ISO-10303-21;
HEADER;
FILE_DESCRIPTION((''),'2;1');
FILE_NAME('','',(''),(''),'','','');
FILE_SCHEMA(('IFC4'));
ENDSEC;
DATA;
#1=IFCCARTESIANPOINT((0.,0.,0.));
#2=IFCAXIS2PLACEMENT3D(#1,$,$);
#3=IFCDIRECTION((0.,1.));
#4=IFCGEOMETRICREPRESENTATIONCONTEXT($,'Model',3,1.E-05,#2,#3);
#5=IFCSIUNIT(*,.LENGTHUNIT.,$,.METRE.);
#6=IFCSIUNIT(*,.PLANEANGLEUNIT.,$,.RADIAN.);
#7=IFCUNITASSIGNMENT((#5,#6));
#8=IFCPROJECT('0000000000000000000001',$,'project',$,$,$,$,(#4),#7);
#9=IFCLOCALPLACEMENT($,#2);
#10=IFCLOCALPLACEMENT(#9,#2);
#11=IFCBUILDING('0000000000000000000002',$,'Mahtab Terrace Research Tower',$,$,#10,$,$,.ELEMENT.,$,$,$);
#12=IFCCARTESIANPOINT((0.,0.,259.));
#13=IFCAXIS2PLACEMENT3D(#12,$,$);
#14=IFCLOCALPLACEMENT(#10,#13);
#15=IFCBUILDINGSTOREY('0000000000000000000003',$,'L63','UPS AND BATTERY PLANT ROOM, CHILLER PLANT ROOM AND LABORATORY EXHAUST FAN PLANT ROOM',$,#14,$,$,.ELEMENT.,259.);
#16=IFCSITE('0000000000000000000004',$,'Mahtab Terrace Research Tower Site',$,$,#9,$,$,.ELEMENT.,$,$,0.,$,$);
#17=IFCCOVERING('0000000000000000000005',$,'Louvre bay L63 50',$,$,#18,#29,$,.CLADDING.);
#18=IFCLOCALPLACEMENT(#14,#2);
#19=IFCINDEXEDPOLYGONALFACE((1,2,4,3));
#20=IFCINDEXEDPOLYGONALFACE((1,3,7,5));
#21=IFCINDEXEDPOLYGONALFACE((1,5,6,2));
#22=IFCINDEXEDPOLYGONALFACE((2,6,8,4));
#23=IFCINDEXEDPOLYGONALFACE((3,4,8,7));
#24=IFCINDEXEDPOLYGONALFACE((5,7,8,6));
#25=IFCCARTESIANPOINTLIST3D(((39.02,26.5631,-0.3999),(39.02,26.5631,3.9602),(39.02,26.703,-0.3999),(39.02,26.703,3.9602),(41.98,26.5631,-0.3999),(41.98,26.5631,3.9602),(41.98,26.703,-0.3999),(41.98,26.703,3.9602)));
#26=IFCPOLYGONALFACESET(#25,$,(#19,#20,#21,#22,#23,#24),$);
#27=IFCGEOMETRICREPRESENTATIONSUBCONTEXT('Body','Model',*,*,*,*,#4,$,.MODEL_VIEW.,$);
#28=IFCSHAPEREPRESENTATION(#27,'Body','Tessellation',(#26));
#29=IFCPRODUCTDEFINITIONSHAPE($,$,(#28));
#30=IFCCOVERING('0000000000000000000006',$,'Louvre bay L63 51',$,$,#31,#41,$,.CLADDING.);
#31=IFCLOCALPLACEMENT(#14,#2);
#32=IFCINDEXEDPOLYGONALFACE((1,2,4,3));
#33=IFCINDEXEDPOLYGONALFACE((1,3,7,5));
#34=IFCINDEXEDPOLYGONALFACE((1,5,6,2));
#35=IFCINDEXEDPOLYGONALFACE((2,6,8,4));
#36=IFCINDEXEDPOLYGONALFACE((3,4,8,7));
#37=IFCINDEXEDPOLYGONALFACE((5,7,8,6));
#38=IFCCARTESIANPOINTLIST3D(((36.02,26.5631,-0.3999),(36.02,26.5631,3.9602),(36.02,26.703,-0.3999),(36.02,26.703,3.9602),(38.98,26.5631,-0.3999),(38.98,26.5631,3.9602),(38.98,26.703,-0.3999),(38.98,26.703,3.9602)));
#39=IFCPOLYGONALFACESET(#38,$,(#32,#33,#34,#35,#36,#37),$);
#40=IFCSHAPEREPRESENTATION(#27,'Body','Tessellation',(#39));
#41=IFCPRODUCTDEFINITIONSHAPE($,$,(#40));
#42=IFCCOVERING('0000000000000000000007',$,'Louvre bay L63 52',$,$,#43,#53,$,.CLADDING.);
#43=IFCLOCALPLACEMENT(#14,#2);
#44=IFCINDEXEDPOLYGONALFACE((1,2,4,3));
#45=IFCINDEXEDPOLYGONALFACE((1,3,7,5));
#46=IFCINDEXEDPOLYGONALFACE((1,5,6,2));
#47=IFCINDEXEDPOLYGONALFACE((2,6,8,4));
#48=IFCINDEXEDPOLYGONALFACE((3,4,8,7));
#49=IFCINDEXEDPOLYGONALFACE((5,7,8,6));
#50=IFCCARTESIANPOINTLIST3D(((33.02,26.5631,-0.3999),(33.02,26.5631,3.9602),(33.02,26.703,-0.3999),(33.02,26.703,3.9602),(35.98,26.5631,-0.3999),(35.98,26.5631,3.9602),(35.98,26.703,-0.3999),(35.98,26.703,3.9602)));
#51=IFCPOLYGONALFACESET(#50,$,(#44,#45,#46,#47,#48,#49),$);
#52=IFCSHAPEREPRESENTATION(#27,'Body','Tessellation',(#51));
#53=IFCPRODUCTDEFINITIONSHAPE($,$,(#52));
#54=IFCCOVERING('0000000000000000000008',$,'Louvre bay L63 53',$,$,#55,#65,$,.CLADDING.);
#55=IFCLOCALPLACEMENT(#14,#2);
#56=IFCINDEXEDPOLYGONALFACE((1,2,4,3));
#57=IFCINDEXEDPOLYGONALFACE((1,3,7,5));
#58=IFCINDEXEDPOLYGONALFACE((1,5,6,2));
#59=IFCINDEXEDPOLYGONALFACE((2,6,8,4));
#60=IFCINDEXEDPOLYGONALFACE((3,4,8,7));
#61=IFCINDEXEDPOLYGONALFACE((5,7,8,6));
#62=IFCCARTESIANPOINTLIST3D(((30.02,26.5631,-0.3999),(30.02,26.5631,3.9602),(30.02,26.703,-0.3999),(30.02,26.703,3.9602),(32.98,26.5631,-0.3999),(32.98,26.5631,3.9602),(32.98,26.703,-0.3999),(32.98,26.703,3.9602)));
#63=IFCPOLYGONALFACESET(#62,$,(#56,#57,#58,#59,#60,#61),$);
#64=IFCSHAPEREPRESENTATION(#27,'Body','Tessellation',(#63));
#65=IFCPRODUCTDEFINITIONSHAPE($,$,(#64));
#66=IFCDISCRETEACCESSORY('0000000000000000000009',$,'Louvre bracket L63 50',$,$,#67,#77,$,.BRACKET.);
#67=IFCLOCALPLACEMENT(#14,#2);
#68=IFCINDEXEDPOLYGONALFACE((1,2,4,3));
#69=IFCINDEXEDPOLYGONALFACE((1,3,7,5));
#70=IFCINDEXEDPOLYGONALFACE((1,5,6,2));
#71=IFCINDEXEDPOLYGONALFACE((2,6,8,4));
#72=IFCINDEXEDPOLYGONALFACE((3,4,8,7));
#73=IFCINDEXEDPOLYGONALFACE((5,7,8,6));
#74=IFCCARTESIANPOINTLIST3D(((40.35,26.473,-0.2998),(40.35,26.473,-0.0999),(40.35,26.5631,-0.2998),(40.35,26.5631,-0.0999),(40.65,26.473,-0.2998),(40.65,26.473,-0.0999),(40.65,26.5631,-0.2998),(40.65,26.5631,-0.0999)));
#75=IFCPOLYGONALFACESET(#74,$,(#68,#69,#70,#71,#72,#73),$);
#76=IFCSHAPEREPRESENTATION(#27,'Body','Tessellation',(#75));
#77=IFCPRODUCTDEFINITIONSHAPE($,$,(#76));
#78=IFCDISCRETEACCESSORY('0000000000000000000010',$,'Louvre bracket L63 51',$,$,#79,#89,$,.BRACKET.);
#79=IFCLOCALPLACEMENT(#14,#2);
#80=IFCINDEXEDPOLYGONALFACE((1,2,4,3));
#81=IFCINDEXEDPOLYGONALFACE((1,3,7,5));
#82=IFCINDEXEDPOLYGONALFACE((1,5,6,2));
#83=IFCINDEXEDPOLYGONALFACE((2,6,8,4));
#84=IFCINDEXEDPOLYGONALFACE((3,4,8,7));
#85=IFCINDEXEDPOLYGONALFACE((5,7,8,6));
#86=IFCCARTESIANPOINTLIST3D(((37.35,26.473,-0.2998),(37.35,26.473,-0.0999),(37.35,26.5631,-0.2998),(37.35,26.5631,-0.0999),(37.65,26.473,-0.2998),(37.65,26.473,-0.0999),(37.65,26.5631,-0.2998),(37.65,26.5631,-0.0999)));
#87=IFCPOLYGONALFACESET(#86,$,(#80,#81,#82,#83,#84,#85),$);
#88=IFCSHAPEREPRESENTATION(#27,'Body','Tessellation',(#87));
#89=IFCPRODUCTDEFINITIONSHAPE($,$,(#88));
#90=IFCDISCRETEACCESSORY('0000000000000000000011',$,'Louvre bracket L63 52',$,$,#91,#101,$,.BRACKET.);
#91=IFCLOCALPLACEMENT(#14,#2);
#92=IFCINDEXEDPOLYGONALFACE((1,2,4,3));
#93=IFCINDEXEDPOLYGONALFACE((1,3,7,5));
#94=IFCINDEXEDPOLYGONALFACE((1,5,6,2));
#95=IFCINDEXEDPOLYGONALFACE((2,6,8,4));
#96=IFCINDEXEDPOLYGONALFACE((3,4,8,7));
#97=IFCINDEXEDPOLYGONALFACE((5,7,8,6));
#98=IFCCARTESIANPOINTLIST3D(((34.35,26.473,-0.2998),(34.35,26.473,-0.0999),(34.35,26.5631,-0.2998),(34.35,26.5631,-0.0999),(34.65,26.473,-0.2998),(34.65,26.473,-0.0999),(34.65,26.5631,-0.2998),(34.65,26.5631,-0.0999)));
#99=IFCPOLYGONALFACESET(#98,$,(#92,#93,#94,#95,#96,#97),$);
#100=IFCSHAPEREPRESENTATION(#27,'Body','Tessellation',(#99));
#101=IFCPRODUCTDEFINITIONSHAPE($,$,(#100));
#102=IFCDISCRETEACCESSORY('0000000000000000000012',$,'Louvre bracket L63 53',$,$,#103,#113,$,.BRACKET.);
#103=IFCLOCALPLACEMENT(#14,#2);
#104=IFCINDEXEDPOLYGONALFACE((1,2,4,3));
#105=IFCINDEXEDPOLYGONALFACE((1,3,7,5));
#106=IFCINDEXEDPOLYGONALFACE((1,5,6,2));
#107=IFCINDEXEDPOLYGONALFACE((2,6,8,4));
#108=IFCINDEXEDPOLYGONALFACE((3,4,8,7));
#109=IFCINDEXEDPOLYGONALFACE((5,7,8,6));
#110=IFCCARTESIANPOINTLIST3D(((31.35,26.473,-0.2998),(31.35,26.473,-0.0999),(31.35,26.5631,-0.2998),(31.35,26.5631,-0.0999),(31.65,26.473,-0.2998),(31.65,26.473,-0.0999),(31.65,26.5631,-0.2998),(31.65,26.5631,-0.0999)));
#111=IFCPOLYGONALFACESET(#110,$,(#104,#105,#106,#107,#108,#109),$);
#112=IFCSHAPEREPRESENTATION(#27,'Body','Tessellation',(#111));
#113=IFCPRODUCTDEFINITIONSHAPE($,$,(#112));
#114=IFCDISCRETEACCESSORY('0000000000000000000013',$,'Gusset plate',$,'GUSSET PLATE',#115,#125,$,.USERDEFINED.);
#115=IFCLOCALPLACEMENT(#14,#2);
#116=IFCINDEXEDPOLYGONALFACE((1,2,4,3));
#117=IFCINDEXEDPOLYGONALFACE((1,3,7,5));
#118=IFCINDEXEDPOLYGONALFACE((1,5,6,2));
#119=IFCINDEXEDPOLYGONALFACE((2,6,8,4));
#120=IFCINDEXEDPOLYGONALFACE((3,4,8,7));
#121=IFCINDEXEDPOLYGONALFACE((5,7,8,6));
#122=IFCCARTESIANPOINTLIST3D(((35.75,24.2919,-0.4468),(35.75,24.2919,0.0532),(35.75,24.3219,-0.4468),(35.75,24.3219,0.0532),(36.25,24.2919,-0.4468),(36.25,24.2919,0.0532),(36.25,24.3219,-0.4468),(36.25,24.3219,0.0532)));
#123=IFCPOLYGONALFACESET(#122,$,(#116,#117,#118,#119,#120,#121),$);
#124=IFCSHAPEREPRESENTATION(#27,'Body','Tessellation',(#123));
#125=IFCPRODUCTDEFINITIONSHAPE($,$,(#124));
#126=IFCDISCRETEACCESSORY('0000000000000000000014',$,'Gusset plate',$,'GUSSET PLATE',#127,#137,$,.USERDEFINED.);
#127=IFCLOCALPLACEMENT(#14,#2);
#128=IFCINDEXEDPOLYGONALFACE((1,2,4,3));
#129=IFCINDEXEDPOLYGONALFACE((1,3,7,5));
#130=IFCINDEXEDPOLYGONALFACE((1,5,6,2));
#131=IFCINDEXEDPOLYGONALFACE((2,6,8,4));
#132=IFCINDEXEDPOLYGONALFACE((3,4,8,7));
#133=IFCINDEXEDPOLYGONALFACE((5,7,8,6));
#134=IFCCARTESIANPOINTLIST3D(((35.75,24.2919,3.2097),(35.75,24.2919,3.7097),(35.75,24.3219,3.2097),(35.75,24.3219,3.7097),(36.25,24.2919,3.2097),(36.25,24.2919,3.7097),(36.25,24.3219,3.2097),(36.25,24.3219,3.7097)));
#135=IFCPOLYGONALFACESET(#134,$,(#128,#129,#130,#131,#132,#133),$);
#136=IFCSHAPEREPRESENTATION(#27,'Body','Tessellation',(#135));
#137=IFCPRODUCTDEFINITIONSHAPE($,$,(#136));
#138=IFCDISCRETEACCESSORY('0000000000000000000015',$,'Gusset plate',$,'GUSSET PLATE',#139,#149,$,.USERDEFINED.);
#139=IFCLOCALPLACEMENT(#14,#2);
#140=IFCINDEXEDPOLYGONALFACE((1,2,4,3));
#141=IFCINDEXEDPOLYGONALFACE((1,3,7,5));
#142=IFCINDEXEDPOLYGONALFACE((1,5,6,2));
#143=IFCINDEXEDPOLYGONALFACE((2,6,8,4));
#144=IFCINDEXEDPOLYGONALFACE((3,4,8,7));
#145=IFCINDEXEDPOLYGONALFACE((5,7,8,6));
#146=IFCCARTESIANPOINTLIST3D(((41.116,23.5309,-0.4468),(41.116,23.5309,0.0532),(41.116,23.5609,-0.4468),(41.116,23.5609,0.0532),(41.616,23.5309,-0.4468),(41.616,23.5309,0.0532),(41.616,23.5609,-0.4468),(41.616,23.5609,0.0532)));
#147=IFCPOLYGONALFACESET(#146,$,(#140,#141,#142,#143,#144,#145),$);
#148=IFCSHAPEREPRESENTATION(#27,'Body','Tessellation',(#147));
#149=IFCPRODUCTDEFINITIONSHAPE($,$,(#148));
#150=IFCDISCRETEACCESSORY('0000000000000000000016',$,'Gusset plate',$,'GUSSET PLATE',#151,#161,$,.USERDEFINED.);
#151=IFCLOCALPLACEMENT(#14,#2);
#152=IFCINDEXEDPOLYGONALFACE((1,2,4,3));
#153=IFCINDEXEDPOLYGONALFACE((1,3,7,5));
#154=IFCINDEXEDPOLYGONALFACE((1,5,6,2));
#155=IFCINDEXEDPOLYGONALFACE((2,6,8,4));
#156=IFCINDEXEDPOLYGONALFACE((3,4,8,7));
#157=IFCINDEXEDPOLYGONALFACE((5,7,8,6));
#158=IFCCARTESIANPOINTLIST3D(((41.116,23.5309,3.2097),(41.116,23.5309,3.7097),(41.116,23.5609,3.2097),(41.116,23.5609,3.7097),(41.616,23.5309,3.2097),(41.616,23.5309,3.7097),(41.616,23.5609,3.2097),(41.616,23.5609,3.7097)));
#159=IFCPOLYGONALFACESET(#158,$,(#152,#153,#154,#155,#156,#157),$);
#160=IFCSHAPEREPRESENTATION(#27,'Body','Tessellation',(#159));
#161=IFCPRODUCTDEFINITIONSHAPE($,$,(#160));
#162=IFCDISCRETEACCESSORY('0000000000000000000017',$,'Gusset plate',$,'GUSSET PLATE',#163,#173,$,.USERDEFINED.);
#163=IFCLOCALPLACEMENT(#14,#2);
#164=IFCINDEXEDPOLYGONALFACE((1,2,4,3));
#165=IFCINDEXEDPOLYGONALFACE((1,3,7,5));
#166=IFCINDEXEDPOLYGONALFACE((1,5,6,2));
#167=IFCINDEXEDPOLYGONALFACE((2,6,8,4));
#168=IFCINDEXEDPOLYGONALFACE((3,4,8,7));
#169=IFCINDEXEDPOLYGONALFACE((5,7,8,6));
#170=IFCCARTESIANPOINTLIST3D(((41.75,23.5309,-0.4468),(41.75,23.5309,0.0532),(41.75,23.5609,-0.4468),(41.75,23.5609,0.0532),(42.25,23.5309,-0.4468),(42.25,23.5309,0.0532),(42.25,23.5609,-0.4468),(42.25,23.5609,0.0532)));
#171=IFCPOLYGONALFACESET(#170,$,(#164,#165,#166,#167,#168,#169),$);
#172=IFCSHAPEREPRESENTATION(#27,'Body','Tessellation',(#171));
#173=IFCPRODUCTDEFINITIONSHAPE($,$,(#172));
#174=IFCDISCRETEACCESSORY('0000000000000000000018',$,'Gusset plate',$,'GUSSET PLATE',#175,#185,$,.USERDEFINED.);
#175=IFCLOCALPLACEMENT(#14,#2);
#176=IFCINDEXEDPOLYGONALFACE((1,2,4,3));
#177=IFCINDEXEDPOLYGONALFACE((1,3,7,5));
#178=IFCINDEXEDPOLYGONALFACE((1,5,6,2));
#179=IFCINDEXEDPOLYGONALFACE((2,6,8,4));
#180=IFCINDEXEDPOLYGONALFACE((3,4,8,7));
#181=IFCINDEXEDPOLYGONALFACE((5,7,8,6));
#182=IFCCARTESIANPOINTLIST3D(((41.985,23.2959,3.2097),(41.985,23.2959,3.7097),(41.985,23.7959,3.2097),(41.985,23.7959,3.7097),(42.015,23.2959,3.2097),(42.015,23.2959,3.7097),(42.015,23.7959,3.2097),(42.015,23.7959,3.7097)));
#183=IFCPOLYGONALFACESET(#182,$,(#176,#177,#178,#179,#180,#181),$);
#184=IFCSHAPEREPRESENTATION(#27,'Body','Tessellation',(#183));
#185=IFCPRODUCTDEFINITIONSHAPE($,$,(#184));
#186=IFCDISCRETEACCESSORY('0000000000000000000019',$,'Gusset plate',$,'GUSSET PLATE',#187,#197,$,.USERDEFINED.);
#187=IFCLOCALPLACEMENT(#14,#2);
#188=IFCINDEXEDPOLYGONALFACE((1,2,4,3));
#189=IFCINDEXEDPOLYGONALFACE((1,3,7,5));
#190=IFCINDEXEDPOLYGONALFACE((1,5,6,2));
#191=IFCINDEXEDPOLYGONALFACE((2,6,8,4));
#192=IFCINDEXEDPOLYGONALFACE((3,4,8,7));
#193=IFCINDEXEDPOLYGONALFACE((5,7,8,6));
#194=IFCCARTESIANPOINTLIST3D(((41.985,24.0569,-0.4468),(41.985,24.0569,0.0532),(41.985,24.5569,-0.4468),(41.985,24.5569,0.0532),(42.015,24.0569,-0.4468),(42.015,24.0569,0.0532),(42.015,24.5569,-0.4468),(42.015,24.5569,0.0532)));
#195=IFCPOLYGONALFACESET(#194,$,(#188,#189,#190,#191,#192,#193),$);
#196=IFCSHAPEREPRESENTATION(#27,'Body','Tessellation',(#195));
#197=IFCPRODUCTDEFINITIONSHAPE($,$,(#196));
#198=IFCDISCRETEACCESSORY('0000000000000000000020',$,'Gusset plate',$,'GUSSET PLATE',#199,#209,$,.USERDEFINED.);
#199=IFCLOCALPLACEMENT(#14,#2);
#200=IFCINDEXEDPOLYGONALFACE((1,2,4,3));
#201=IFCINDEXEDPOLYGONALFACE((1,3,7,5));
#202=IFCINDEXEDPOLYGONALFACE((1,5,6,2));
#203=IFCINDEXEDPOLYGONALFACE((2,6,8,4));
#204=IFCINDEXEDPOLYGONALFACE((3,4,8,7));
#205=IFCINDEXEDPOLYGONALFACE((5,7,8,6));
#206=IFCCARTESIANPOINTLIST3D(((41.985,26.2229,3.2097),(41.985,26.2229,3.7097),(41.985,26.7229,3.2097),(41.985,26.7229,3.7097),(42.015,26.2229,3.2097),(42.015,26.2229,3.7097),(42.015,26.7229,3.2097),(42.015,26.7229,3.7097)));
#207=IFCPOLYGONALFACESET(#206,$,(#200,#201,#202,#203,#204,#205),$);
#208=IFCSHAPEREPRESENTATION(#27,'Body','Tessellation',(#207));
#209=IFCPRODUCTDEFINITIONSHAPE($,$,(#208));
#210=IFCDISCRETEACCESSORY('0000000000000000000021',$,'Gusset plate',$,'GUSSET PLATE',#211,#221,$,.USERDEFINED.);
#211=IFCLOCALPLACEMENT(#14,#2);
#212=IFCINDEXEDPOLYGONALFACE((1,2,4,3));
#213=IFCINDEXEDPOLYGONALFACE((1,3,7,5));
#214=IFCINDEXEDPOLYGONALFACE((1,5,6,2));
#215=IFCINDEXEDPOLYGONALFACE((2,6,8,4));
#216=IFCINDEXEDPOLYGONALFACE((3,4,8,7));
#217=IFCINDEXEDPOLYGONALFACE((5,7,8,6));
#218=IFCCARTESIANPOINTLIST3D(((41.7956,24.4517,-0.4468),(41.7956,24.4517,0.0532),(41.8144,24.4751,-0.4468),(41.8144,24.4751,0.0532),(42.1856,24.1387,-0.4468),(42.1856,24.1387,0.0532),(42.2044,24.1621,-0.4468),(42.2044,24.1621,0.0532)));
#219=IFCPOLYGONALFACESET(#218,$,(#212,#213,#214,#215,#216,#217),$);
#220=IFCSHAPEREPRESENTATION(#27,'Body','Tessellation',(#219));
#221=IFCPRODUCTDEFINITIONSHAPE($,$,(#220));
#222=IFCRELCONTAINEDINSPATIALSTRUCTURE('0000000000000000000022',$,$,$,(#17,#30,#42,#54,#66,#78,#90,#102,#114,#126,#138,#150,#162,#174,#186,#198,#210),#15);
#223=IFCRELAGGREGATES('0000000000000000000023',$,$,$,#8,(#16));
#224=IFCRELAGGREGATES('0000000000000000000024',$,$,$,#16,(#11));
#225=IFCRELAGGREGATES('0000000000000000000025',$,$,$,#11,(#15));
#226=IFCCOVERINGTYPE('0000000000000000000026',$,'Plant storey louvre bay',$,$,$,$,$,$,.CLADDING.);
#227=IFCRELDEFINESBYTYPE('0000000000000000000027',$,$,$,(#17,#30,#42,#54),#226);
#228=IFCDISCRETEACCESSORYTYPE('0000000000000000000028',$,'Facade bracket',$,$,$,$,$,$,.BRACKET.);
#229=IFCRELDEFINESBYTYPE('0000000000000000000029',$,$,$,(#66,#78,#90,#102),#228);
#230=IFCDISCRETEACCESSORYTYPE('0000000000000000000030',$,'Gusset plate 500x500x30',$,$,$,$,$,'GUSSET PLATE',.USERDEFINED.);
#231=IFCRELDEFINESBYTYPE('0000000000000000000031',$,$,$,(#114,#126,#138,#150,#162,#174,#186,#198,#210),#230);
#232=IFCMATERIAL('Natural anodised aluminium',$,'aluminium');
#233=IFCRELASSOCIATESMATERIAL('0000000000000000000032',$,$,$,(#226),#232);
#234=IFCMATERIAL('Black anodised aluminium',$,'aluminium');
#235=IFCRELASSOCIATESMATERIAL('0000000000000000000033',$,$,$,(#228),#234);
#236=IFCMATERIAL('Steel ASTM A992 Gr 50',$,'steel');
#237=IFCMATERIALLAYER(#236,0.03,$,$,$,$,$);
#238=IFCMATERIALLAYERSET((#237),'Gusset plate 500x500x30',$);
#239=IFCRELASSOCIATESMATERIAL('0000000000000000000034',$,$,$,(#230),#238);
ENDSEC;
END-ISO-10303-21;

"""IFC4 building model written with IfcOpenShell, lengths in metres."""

from ifc_helpers import new_model, si_unit, direction, frame, origin, origin_2d, place, context, subcontext, project, spatial, rectangle, extrude, material, layer, layer_set, type_object, element, save


model = new_model("IFC4")

# Units and contexts
model_context = context("Model", 3, precision=1e-05, world=origin(), true_north=direction((0.0, 1.0)))
body_context = subcontext(model_context, "Body", "Model", "MODEL_VIEW")
ifc_project = project(units=[si_unit("LENGTHUNIT", "METRE"), si_unit("PLANEANGLEUNIT", "RADIAN")], contexts=[model_context])

# Site, building, storey
site_placement = place(None, origin())
site = spatial("IfcSite", under=ifc_project, at=site_placement, Name="Mahtab Terrace Research Tower Site", CompositionType="ELEMENT", RefElevation=0.0)
building_placement = place(site_placement, origin())
building = spatial("IfcBuilding", under=site, at=building_placement, Name="Mahtab Terrace Research Tower", CompositionType="ELEMENT")
storey_placement = place(building_placement, frame((0.0, 0.0, 259.0)))
storey = spatial("IfcBuildingStorey", under=building, at=storey_placement, Name="L63", Description="UPS AND BATTERY PLANT ROOM, CHILLER PLANT ROOM AND LABORATORY EXHAUST FAN PLANT ROOM", CompositionType="ELEMENT", Elevation=259.0)

# Shared definitions
ifc_material_1 = material(Name="Steel ASTM A992 Gr 50", Category="steel")

# Coverings
ifc_material_2 = material(Name="Natural anodised aluminium", Category="aluminium")
covering_type = type_object("IfcCoveringType", Name="Plant storey louvre bay", PredefinedType="CLADDING", material=ifc_material_2)
for number, where, z_axis, x_axis, name in (
    (1, (40.5, 26.6331, -0.3999), (0.0, 0.0, 1.0), (-1.0, 0.0, 0.0), "Louvre bay L63 50"),
    (2, (37.5, 26.6331, -0.3999), (0.0, 0.0, 1.0), (-1.0, 0.0, 0.0), "Louvre bay L63 51"),
    (3, (34.5, 26.6331, -0.3999), (0.0, 0.0, 1.0), (-1.0, 0.0, 0.0), "Louvre bay L63 52"),
    (4, (31.5, 26.6331, -0.3999), (0.0, 0.0, 1.0), (-1.0, 0.0, 0.0), "Louvre bay L63 53"),
):
    element("IfcCovering", number, at=place(storey_placement, frame(where, z_axis=z_axis, x_axis=x_axis)), inside=storey, type_object=covering_type, Name=name, PredefinedType="CLADDING", context=body_context, shape_type="SweptSolid", body=[
        extrude(rectangle(XDim=2.96, YDim=0.1399, at=origin_2d()), origin(), (0.0, 0.0, 1.0), 4.3601),
    ])

# Discrete accessories
ifc_material_3 = material(Name="Black anodised aluminium", Category="aluminium")
discrete_accessory_type_1 = type_object("IfcDiscreteAccessoryType", Name="Facade bracket", PredefinedType="BRACKET", material=ifc_material_3)
for number, where, z_axis, x_axis, name in (
    (5, (40.5, 26.5181, -0.2998), (0.0, 0.0, 1.0), (-1.0, 0.0, 0.0), "Louvre bracket L63 50"),
    (6, (37.5, 26.5181, -0.2998), (0.0, 0.0, 1.0), (-1.0, 0.0, 0.0), "Louvre bracket L63 51"),
    (7, (34.5, 26.5181, -0.2998), (0.0, 0.0, 1.0), (-1.0, 0.0, 0.0), "Louvre bracket L63 52"),
    (8, (31.5, 26.5181, -0.2998), (0.0, 0.0, 1.0), (-1.0, 0.0, 0.0), "Louvre bracket L63 53"),
):
    element("IfcDiscreteAccessory", number, at=place(storey_placement, frame(where, z_axis=z_axis, x_axis=x_axis)), inside=storey, type_object=discrete_accessory_type_1, Name=name, PredefinedType="BRACKET", context=body_context, shape_type="SweptSolid", body=[
        extrude(rectangle(XDim=0.3, YDim=0.0901, at=origin_2d()), origin(), (0.0, 0.0, 1.0), 0.2),
    ])
ifc_layer = layer(ifc_material_1, 0.03)
ifc_layer_set = layer_set([ifc_layer], Name="Gusset plate 500x500x30")
discrete_accessory_type_2 = type_object("IfcDiscreteAccessoryType", Name="Gusset plate 500x500x30", ElementType="GUSSET PLATE", PredefinedType="USERDEFINED", material=ifc_layer_set)
for number, where, z_axis, x_axis, name in (
    (9, (36.0, 24.3069, -0.4468), (0.0, 0.0, 1.0), (1.0, 0.0, 0.0), "Gusset plate"),
    (10, (36.0, 24.3069, 3.2097), (0.0, 0.0, 1.0), (1.0, 0.0, 0.0), "Gusset plate"),
    (11, (41.366, 23.5459, -0.4468), (0.0, 0.0, 1.0), (1.0, 0.0, 0.0), "Gusset plate"),
    (12, (41.366, 23.5459, 3.2097), (0.0, 0.0, 1.0), (1.0, 0.0, 0.0), "Gusset plate"),
    (13, (42.0, 23.5459, -0.4468), (0.0, 0.0, 1.0), (1.0, 0.0, 0.0), "Gusset plate"),
    (14, (42.0, 23.5459, 3.2097), (0.0, 0.0, 1.0), (0.0, 1.0, 0.0), "Gusset plate"),
    (15, (42.0, 24.3069, -0.4468), (0.0, 0.0, 1.0), (0.0, 1.0, 0.0), "Gusset plate"),
    (16, (42.0, 26.4729, 3.2097), (0.0, 0.0, 1.0), (0.0, 1.0, 0.0), "Gusset plate"),
    (17, (42.0, 24.3069, -0.4468), (0.0, 0.0, 1.0), (-0.77983, 0.625992, 0.0), "Gusset plate"),
):
    element("IfcDiscreteAccessory", number, at=place(storey_placement, frame(where, z_axis=z_axis, x_axis=x_axis)), inside=storey, type_object=discrete_accessory_type_2, Name=name, ObjectType="GUSSET PLATE", PredefinedType="USERDEFINED", context=body_context, shape_type="SweptSolid", body=[
        extrude(rectangle(XDim=0.5, YDim=0.03, at=origin_2d()), origin(), (0.0, 0.0, 1.0), 0.5),
    ])

save(model, "model.ifc")
